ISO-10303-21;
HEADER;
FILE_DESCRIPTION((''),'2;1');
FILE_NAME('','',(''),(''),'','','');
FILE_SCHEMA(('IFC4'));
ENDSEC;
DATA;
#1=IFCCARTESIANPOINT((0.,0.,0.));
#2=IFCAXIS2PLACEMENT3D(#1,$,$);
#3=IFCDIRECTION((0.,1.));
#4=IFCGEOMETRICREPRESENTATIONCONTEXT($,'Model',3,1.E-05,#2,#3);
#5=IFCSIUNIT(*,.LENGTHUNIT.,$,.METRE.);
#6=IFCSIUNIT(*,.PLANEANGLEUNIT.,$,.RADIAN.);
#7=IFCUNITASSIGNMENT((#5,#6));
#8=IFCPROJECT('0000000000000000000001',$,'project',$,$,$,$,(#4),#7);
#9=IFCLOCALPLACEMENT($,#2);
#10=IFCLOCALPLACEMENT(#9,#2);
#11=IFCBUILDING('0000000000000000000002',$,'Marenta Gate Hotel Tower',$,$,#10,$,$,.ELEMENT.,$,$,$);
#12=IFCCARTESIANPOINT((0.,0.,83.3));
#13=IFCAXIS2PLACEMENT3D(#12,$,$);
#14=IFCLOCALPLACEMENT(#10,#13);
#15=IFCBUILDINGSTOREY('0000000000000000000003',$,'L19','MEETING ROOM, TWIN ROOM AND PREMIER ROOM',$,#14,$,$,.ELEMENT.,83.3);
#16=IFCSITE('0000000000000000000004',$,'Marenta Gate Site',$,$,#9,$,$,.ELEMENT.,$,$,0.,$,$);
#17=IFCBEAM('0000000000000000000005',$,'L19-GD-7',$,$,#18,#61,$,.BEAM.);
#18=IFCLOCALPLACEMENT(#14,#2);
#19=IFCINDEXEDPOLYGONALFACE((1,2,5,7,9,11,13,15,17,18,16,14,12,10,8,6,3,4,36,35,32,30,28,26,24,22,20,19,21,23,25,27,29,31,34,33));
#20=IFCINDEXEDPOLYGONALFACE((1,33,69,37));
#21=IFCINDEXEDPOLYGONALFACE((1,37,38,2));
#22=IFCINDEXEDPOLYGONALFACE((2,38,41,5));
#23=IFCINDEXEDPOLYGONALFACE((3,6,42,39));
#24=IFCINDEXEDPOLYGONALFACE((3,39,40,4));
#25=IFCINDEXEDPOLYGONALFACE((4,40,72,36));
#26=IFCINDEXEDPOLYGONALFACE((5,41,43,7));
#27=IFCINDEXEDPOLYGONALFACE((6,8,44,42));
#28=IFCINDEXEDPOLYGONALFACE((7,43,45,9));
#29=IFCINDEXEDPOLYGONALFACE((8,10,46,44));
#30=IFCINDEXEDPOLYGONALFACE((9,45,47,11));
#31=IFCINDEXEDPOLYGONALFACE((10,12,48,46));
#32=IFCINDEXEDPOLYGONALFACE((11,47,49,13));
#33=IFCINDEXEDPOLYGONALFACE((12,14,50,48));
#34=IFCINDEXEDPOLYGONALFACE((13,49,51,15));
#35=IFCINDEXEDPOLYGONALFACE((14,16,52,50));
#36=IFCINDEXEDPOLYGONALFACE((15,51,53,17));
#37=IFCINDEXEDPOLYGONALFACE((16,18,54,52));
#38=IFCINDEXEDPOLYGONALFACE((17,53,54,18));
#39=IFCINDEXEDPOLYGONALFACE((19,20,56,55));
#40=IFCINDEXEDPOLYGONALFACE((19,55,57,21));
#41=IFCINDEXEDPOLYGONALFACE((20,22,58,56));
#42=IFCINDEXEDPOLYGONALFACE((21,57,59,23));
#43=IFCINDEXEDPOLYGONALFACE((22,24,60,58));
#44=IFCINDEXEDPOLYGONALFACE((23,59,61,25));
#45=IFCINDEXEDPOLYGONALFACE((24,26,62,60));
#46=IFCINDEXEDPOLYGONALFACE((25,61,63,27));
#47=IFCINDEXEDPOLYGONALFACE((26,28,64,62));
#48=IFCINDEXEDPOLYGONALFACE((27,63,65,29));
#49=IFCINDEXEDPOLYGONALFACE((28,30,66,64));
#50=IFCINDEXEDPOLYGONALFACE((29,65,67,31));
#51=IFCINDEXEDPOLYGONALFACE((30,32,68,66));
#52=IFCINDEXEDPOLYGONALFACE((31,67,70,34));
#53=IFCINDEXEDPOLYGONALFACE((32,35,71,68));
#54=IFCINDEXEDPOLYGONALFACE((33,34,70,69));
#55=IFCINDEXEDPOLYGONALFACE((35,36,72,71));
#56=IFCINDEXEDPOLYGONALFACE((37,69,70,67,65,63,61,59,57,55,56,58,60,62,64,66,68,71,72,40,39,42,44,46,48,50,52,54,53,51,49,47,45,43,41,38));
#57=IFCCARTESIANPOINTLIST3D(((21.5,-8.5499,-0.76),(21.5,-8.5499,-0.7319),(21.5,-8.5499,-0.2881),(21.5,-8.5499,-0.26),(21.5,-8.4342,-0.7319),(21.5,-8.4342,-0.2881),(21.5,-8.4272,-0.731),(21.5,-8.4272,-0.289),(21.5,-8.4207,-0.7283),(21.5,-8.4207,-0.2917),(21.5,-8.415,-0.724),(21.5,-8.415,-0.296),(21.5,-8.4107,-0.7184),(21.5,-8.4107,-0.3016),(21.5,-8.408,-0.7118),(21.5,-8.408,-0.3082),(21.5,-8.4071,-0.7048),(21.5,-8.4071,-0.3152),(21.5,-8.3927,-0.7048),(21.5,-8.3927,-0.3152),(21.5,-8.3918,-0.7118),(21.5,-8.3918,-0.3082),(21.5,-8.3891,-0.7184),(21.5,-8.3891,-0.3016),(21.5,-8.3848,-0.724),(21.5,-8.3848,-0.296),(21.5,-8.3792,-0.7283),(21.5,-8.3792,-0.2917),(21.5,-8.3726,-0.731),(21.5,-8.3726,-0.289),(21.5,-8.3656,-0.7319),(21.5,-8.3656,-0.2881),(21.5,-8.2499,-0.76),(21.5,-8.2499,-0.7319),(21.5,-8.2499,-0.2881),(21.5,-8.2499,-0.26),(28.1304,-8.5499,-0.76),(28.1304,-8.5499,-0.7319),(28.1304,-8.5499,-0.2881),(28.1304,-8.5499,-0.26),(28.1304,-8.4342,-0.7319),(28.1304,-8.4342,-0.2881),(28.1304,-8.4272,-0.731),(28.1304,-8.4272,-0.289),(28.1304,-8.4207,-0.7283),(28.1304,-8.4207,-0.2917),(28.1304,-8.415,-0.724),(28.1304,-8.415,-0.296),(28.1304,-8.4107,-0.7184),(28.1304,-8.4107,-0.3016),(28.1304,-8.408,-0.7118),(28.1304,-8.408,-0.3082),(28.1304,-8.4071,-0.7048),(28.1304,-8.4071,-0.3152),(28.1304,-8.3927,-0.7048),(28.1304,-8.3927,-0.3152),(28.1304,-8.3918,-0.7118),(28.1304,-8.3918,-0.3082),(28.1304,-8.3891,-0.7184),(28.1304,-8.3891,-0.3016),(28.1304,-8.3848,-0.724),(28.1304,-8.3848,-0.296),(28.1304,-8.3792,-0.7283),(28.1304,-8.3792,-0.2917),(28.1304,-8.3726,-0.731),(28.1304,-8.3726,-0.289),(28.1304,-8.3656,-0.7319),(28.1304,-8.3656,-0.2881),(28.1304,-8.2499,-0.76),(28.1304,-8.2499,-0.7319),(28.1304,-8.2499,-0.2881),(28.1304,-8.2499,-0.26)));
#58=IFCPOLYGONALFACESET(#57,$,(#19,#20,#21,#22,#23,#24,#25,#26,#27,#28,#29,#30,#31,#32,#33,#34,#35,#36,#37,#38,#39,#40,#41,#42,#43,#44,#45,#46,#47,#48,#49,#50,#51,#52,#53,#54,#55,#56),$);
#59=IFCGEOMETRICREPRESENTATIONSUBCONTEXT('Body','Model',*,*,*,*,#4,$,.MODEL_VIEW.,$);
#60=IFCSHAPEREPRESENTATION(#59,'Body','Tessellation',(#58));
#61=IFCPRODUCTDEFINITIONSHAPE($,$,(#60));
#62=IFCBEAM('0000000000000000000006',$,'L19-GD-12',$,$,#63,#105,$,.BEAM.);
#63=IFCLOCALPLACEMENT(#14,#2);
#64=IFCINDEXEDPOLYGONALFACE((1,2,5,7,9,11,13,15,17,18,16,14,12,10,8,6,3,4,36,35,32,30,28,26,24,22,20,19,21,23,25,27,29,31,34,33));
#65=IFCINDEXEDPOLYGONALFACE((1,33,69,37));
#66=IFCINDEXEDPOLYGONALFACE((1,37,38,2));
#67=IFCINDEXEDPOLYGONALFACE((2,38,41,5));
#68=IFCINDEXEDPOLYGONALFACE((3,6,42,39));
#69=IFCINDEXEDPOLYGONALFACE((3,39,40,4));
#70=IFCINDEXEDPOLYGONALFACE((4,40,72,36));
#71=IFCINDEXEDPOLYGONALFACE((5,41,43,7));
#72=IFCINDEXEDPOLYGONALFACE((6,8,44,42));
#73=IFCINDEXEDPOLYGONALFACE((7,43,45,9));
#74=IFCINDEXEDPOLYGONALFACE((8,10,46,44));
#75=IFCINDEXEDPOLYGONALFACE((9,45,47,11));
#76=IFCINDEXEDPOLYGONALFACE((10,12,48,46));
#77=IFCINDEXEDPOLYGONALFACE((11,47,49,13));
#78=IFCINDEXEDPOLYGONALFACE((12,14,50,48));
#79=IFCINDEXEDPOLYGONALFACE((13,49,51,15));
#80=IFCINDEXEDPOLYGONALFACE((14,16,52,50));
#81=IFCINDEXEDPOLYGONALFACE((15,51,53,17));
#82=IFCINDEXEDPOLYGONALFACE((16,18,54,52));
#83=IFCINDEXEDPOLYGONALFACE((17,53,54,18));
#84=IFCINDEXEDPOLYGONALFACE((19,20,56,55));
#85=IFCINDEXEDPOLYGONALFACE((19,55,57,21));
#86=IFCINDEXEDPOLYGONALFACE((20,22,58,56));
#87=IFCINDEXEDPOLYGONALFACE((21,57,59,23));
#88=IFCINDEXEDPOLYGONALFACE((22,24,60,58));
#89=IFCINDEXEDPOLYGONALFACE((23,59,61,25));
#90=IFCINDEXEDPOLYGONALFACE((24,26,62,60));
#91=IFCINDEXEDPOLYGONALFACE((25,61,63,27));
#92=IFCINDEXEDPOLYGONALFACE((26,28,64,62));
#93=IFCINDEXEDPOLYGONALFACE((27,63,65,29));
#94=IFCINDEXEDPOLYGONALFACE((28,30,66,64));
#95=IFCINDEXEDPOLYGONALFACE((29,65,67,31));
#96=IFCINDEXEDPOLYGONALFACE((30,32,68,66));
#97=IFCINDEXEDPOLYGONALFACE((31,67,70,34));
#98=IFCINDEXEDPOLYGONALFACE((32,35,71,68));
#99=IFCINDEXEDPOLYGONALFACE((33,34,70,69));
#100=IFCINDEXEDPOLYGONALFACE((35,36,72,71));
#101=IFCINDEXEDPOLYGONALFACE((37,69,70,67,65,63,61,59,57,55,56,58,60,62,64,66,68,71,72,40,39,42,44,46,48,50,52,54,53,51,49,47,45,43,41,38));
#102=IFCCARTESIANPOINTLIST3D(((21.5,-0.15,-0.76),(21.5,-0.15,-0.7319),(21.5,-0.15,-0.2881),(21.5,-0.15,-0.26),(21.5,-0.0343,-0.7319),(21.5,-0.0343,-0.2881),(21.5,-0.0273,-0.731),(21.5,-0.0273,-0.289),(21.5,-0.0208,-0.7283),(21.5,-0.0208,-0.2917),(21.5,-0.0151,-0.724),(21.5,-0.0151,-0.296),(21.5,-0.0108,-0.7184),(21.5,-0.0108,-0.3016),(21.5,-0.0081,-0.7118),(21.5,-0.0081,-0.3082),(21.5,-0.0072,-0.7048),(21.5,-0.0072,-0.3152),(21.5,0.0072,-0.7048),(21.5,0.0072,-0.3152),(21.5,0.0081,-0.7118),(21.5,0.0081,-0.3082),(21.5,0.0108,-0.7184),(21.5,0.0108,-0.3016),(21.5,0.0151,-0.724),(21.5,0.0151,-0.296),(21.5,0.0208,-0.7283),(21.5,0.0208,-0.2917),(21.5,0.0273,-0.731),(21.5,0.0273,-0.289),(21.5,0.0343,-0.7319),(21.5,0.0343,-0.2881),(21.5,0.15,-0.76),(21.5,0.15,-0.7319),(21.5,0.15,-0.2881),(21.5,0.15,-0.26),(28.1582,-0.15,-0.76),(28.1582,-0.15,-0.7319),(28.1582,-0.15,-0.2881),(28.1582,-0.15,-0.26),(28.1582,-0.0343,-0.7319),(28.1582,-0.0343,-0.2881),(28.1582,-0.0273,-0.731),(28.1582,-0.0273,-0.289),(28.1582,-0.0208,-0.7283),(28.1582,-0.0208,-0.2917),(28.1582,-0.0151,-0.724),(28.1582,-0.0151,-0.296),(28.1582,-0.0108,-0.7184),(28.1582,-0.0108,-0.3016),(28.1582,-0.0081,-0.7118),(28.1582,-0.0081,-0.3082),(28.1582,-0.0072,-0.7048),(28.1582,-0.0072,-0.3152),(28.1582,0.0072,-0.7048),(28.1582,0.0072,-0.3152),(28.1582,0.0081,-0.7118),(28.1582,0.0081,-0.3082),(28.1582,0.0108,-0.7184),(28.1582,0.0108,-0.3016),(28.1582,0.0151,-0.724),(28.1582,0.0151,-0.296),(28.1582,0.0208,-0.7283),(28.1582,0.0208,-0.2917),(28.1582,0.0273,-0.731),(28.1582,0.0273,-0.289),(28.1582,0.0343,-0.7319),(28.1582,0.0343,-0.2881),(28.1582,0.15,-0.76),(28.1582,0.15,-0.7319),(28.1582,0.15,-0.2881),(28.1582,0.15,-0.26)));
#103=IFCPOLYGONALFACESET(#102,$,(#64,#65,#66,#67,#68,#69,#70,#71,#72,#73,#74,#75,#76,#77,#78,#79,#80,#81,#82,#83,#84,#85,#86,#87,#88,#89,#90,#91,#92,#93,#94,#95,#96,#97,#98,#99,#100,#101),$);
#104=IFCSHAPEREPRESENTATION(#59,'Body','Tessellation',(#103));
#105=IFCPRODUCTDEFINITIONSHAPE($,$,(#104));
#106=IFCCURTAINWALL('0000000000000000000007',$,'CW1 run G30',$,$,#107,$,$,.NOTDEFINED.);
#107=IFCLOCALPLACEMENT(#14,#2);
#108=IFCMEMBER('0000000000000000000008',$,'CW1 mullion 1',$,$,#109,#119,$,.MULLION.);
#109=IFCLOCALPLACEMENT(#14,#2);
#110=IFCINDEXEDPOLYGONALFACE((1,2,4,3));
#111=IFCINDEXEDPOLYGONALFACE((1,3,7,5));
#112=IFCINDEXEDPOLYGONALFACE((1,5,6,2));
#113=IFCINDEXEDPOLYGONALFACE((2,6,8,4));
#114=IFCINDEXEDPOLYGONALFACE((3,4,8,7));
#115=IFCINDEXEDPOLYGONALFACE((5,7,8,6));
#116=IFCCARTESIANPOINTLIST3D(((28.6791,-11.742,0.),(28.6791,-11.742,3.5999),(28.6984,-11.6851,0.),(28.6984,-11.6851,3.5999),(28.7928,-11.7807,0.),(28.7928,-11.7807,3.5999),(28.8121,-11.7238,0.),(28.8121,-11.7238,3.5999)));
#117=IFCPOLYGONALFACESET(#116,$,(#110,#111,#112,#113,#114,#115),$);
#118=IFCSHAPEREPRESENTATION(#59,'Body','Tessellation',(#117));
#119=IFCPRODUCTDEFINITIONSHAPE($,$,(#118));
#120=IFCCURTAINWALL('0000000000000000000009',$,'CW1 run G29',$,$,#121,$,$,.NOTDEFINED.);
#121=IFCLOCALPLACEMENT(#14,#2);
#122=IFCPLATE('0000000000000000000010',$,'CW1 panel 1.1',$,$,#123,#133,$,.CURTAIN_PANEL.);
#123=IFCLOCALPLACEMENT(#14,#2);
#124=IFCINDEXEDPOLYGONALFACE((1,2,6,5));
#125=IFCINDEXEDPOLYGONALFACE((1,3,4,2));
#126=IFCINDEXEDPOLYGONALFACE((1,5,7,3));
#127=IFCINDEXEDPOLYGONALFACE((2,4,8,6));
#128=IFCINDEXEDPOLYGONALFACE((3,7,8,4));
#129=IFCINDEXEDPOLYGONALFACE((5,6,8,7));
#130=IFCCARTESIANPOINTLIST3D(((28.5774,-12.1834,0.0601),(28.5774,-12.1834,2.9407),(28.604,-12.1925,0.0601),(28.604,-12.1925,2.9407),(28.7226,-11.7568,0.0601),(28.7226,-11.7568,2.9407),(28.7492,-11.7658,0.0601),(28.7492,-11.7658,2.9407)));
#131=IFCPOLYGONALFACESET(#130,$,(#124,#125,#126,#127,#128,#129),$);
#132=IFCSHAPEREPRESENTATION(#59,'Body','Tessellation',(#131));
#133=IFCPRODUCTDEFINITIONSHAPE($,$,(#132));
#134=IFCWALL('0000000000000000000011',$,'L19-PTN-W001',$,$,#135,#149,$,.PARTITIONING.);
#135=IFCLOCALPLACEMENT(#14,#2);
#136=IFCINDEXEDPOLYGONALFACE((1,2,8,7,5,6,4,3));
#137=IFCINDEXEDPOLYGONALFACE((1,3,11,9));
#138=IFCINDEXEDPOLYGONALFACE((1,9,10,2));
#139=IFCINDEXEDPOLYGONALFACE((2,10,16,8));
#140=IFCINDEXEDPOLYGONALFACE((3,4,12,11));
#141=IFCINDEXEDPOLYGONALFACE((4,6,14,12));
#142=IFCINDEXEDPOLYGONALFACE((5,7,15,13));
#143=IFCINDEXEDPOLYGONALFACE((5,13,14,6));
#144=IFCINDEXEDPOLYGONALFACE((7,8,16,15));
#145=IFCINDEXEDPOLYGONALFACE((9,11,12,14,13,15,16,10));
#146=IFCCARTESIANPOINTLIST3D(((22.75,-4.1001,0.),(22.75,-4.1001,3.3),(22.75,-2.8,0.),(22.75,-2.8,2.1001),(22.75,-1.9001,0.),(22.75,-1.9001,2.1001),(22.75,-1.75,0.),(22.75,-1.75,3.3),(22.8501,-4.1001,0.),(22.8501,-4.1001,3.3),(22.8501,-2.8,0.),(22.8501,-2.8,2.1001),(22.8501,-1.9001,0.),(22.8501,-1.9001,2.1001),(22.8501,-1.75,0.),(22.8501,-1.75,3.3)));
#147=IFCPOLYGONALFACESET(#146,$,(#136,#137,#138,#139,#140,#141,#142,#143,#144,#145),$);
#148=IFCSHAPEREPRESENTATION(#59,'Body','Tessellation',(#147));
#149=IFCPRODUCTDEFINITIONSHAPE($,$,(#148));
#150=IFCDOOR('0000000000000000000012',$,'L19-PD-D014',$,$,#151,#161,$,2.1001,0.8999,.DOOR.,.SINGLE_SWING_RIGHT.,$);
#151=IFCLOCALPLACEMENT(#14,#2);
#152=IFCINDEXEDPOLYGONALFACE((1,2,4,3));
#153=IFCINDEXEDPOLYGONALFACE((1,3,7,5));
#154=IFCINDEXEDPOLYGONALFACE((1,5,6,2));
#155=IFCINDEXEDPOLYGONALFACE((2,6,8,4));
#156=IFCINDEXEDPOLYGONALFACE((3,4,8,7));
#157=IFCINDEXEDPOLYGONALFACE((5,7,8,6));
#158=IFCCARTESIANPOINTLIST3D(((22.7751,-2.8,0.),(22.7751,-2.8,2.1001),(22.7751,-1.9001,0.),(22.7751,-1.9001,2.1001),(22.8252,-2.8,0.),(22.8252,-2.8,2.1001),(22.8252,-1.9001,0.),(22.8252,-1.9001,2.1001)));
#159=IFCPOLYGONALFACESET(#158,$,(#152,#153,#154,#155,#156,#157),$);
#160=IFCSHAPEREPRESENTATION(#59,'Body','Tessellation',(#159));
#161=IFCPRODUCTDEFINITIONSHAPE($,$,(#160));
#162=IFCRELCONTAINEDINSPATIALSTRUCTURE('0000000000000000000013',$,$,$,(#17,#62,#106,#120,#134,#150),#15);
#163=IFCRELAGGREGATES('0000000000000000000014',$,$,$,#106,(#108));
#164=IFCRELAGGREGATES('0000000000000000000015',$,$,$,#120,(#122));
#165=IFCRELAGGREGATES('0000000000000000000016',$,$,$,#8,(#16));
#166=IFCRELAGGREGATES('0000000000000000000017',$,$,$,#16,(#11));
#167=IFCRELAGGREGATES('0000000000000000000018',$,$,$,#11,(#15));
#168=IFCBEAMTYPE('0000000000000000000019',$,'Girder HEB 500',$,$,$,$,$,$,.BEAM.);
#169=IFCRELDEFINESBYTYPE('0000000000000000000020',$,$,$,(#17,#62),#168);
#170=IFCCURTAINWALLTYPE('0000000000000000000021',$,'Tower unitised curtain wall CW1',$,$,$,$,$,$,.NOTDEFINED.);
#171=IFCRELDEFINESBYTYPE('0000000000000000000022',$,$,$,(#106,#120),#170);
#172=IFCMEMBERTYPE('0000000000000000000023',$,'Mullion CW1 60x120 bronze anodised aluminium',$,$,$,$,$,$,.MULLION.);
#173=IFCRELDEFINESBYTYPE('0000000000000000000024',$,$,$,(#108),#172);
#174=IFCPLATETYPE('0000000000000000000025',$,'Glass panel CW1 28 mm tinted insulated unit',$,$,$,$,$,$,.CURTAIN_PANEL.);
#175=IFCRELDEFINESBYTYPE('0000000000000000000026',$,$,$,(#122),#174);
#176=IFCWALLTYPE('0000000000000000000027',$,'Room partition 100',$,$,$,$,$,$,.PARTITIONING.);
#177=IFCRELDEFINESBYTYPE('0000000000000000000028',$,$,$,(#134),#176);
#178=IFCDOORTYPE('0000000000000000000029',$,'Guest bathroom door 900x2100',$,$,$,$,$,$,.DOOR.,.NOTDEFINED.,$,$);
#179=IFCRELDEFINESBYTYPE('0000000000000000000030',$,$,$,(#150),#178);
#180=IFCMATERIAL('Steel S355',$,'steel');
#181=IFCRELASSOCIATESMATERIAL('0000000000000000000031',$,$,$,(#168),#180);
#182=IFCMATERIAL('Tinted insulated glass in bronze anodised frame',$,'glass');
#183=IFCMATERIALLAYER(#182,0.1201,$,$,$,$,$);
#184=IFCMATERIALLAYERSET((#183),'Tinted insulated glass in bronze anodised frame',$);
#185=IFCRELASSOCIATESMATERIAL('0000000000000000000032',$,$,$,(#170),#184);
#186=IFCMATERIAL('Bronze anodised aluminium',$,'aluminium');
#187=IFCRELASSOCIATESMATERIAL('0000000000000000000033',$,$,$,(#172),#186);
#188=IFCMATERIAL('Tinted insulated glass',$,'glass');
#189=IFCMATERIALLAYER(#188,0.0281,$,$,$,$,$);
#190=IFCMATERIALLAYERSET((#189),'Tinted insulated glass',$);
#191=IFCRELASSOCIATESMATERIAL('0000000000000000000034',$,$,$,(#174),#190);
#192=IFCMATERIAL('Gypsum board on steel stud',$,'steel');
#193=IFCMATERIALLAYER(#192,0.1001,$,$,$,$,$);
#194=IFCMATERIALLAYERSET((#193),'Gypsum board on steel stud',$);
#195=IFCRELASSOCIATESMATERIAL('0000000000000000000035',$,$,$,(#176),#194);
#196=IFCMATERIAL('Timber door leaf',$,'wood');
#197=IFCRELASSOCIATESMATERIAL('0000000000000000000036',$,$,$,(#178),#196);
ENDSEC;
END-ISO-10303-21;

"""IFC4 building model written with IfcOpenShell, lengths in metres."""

from ifc_helpers import new_model, si_unit, direction, frame, frame_2d, origin, origin_2d, place, context, subcontext, project, spatial, rectangle, i_section, extrude, material, layer, layer_set, material_profile, profile_set, type_object, element, fill, aggregate, save


model = new_model("IFC4")

# Units and contexts
model_context = context("Model", 3, precision=1e-05, world=origin(), true_north=direction((0.0, 1.0)))
body_context = subcontext(model_context, "Body", "Model", "MODEL_VIEW")
ifc_project = project(units=[si_unit("LENGTHUNIT", "METRE"), si_unit("PLANEANGLEUNIT", "RADIAN")], contexts=[model_context])

# Site, building, storey
site_placement = place(None, origin())
site = spatial("IfcSite", under=ifc_project, at=site_placement, Name="Marenta Gate Site", CompositionType="ELEMENT", RefElevation=0.0)
building_placement = place(site_placement, origin())
building = spatial("IfcBuilding", under=site, at=building_placement, Name="Marenta Gate Hotel Tower", CompositionType="ELEMENT")
storey_placement = place(building_placement, frame((0.0, 0.0, 83.3)))
storey = spatial("IfcBuildingStorey", under=building, at=storey_placement, Name="L19", Description="MEETING ROOM, TWIN ROOM AND PREMIER ROOM", CompositionType="ELEMENT", Elevation=83.3)

# Beams
ifc_material_1 = material(Name="Steel S355", Category="steel")
ifc_material_profile_1 = material_profile(ifc_material_1, i_section(OverallWidth=0.3, OverallDepth=0.5, WebThickness=0.0144, FlangeThickness=0.0281, FilletRadius=0.0271, at=origin_2d()), Name="HEB 500")
ifc_profile_set_1 = profile_set([ifc_material_profile_1], Name="Steel S355")
beam_type_1 = type_object("IfcBeamType", Name="Girder HEB 500", PredefinedType="BEAM", material=ifc_profile_set_1)
beam_1_placement = place(storey_placement, frame((21.5, -8.3999, -0.51), z_axis=(1.0, 0.0, 0.0), x_axis=(0.0, 1.0, 0.0)))
element("IfcBeam", 1, at=beam_1_placement, inside=storey, type_object=beam_type_1, Name="L19-GD-7", PredefinedType="BEAM", context=body_context, shape_type="SweptSolid", body=[
    extrude(i_section(OverallWidth=0.3, OverallDepth=0.5, WebThickness=0.0144, FlangeThickness=0.0281, FilletRadius=0.0271, at=origin_2d()), origin(), (0.0, 0.0, 1.0), 6.6304),
])
beam_2_placement = place(storey_placement, frame((21.5, 0.0, -0.51), z_axis=(1.0, 0.0, 0.0), x_axis=(0.0, 1.0, 0.0)))
element("IfcBeam", 2, at=beam_2_placement, inside=storey, type_object=beam_type_1, Name="L19-GD-12", PredefinedType="BEAM", context=body_context, shape_type="SweptSolid", body=[
    extrude(i_section(OverallWidth=0.3, OverallDepth=0.5, WebThickness=0.0144, FlangeThickness=0.0281, FilletRadius=0.0271, at=origin_2d()), origin(), (0.0, 0.0, 1.0), 6.6582),
])

# Curtain wall, member
ifc_material_2 = material(Name="Tinted insulated glass in bronze anodised frame", Category="glass")
ifc_layer_1 = layer(ifc_material_2, 0.1201)
ifc_layer_set_1 = layer_set([ifc_layer_1], Name="Tinted insulated glass in bronze anodised frame")
curtain_wall_type = type_object("IfcCurtainWallType", Name="Tower unitised curtain wall CW1", PredefinedType="NOTDEFINED", material=ifc_layer_set_1)
curtain_wall_1_placement = place(storey_placement, origin())
curtain_wall_1 = element("IfcCurtainWall", 3, at=curtain_wall_1_placement, inside=storey, type_object=curtain_wall_type, Name="CW1 run G30", PredefinedType="NOTDEFINED")
ifc_material_3 = material(Name="Bronze anodised aluminium", Category="aluminium")
ifc_material_profile_2 = material_profile(ifc_material_3, rectangle(XDim=0.1201, YDim=0.0601, at=origin_2d()), Name="Mullion CW1 60x120 bronze anodised aluminium")
ifc_profile_set_2 = profile_set([ifc_material_profile_2], Name="Bronze anodised aluminium")
member_type = type_object("IfcMemberType", Name="Mullion CW1 60x120 bronze anodised aluminium", PredefinedType="MULLION", material=ifc_profile_set_2)
member_placement = place(storey_placement, frame((28.7456, -11.7329, 0.0), z_axis=(0.0, 0.0, 1.0), x_axis=(-0.94674, 0.322, 0.0)))
member = element("IfcMember", 4, at=member_placement, type_object=member_type, Name="CW1 mullion 1", PredefinedType="MULLION", context=body_context, shape_type="SweptSolid", body=[
    extrude(rectangle(XDim=0.1201, YDim=0.0601, at=origin_2d()), origin(), (0.0, 0.0, 1.0), 3.5999),
])
aggregate(curtain_wall_1, [member])

# Curtain wall, plate
curtain_wall_2_placement = place(storey_placement, origin())
curtain_wall_2 = element("IfcCurtainWall", 5, at=curtain_wall_2_placement, inside=storey, type_object=curtain_wall_type, Name="CW1 run G29", PredefinedType="NOTDEFINED")
ifc_material_4 = material(Name="Tinted insulated glass", Category="glass")
ifc_layer_2 = layer(ifc_material_4, 0.0281)
ifc_layer_set_2 = layer_set([ifc_layer_2], Name="Tinted insulated glass")
plate_type = type_object("IfcPlateType", Name="Glass panel CW1 28 mm tinted insulated unit", PredefinedType="CURTAIN_PANEL", material=ifc_layer_set_2)
plate_placement = place(storey_placement, frame((28.6633, -11.9746, 0.0601), z_axis=(0.0, 0.0, 1.0), x_axis=(0.322156, 0.946687, 0.0)))
plate = element("IfcPlate", 6, at=plate_placement, type_object=plate_type, Name="CW1 panel 1.1", PredefinedType="CURTAIN_PANEL", context=body_context, shape_type="SweptSolid", body=[
    extrude(rectangle(XDim=0.4507, YDim=0.0281, at=origin_2d()), origin(), (0.0, 0.0, 1.0), 2.8806),
])
aggregate(curtain_wall_2, [plate])

# Wall, opening, door
ifc_material_5 = material(Name="Gypsum board on steel stud", Category="steel")
ifc_layer_3 = layer(ifc_material_5, 0.1001)
ifc_layer_set_3 = layer_set([ifc_layer_3], Name="Gypsum board on steel stud")
wall_type_1 = type_object("IfcWallType", Name="Room partition 100", PredefinedType="PARTITIONING", material=ifc_layer_set_3)
wall_1_placement = place(storey_placement, frame((22.8, -4.1001, 0.0), z_axis=(0.0, 0.0, 1.0), x_axis=(0.0, 1.0, 0.0)))
wall_1 = element("IfcWall", 7, at=wall_1_placement, inside=storey, type_object=wall_type_1, Name="L19-PTN-W001", PredefinedType="PARTITIONING", context=body_context, shape_type="SweptSolid", body=[
    extrude(rectangle(XDim=2.3501, YDim=0.1001, at=frame_2d((1.175, 0.0))), origin(), (0.0, 0.0, 1.0), 3.3),
])
opening_1_placement = place(wall_1_placement, frame((1.3, 0.0, 0.0)))
opening_1 = element("IfcOpeningElement", 8, at=opening_1_placement, cuts=wall_1, PredefinedType="OPENING", context=body_context, shape_type="SweptSolid", body=[
    extrude(rectangle(XDim=0.8999, YDim=2.1001, at=frame_2d((0.45, 1.05))), frame((0.0, 0.05, 0.0), z_axis=(0.0, -1.0, 0.0), x_axis=(1.0, 0.0, 0.0)), (0.0, 0.0, 1.0), 0.1001),
])
ifc_material_6 = material(Name="Timber door leaf", Category="wood")
door_type = type_object("IfcDoorType", Name="Guest bathroom door 900x2100", OperationType="NOTDEFINED", PredefinedType="DOOR", material=ifc_material_6)
door_1_placement = place(opening_1_placement, origin())
door_1 = element("IfcDoor", 9, at=door_1_placement, inside=storey, type_object=door_type, Name="L19-PD-D014", OperationType="SINGLE_SWING_RIGHT", OverallHeight=2.1001, OverallWidth=0.8999, PredefinedType="DOOR", context=body_context, shape_type="SweptSolid", body=[
    extrude(rectangle(XDim=0.8999, YDim=2.1001, at=frame_2d((0.45, 1.05))), frame((0.0, 0.0249, 0.0), z_axis=(0.0, -1.0, 0.0), x_axis=(1.0, 0.0, 0.0)), (0.0, 0.0, 1.0), 0.05),
])
fill(opening_1, door_1)

save(model, "model.ifc")
